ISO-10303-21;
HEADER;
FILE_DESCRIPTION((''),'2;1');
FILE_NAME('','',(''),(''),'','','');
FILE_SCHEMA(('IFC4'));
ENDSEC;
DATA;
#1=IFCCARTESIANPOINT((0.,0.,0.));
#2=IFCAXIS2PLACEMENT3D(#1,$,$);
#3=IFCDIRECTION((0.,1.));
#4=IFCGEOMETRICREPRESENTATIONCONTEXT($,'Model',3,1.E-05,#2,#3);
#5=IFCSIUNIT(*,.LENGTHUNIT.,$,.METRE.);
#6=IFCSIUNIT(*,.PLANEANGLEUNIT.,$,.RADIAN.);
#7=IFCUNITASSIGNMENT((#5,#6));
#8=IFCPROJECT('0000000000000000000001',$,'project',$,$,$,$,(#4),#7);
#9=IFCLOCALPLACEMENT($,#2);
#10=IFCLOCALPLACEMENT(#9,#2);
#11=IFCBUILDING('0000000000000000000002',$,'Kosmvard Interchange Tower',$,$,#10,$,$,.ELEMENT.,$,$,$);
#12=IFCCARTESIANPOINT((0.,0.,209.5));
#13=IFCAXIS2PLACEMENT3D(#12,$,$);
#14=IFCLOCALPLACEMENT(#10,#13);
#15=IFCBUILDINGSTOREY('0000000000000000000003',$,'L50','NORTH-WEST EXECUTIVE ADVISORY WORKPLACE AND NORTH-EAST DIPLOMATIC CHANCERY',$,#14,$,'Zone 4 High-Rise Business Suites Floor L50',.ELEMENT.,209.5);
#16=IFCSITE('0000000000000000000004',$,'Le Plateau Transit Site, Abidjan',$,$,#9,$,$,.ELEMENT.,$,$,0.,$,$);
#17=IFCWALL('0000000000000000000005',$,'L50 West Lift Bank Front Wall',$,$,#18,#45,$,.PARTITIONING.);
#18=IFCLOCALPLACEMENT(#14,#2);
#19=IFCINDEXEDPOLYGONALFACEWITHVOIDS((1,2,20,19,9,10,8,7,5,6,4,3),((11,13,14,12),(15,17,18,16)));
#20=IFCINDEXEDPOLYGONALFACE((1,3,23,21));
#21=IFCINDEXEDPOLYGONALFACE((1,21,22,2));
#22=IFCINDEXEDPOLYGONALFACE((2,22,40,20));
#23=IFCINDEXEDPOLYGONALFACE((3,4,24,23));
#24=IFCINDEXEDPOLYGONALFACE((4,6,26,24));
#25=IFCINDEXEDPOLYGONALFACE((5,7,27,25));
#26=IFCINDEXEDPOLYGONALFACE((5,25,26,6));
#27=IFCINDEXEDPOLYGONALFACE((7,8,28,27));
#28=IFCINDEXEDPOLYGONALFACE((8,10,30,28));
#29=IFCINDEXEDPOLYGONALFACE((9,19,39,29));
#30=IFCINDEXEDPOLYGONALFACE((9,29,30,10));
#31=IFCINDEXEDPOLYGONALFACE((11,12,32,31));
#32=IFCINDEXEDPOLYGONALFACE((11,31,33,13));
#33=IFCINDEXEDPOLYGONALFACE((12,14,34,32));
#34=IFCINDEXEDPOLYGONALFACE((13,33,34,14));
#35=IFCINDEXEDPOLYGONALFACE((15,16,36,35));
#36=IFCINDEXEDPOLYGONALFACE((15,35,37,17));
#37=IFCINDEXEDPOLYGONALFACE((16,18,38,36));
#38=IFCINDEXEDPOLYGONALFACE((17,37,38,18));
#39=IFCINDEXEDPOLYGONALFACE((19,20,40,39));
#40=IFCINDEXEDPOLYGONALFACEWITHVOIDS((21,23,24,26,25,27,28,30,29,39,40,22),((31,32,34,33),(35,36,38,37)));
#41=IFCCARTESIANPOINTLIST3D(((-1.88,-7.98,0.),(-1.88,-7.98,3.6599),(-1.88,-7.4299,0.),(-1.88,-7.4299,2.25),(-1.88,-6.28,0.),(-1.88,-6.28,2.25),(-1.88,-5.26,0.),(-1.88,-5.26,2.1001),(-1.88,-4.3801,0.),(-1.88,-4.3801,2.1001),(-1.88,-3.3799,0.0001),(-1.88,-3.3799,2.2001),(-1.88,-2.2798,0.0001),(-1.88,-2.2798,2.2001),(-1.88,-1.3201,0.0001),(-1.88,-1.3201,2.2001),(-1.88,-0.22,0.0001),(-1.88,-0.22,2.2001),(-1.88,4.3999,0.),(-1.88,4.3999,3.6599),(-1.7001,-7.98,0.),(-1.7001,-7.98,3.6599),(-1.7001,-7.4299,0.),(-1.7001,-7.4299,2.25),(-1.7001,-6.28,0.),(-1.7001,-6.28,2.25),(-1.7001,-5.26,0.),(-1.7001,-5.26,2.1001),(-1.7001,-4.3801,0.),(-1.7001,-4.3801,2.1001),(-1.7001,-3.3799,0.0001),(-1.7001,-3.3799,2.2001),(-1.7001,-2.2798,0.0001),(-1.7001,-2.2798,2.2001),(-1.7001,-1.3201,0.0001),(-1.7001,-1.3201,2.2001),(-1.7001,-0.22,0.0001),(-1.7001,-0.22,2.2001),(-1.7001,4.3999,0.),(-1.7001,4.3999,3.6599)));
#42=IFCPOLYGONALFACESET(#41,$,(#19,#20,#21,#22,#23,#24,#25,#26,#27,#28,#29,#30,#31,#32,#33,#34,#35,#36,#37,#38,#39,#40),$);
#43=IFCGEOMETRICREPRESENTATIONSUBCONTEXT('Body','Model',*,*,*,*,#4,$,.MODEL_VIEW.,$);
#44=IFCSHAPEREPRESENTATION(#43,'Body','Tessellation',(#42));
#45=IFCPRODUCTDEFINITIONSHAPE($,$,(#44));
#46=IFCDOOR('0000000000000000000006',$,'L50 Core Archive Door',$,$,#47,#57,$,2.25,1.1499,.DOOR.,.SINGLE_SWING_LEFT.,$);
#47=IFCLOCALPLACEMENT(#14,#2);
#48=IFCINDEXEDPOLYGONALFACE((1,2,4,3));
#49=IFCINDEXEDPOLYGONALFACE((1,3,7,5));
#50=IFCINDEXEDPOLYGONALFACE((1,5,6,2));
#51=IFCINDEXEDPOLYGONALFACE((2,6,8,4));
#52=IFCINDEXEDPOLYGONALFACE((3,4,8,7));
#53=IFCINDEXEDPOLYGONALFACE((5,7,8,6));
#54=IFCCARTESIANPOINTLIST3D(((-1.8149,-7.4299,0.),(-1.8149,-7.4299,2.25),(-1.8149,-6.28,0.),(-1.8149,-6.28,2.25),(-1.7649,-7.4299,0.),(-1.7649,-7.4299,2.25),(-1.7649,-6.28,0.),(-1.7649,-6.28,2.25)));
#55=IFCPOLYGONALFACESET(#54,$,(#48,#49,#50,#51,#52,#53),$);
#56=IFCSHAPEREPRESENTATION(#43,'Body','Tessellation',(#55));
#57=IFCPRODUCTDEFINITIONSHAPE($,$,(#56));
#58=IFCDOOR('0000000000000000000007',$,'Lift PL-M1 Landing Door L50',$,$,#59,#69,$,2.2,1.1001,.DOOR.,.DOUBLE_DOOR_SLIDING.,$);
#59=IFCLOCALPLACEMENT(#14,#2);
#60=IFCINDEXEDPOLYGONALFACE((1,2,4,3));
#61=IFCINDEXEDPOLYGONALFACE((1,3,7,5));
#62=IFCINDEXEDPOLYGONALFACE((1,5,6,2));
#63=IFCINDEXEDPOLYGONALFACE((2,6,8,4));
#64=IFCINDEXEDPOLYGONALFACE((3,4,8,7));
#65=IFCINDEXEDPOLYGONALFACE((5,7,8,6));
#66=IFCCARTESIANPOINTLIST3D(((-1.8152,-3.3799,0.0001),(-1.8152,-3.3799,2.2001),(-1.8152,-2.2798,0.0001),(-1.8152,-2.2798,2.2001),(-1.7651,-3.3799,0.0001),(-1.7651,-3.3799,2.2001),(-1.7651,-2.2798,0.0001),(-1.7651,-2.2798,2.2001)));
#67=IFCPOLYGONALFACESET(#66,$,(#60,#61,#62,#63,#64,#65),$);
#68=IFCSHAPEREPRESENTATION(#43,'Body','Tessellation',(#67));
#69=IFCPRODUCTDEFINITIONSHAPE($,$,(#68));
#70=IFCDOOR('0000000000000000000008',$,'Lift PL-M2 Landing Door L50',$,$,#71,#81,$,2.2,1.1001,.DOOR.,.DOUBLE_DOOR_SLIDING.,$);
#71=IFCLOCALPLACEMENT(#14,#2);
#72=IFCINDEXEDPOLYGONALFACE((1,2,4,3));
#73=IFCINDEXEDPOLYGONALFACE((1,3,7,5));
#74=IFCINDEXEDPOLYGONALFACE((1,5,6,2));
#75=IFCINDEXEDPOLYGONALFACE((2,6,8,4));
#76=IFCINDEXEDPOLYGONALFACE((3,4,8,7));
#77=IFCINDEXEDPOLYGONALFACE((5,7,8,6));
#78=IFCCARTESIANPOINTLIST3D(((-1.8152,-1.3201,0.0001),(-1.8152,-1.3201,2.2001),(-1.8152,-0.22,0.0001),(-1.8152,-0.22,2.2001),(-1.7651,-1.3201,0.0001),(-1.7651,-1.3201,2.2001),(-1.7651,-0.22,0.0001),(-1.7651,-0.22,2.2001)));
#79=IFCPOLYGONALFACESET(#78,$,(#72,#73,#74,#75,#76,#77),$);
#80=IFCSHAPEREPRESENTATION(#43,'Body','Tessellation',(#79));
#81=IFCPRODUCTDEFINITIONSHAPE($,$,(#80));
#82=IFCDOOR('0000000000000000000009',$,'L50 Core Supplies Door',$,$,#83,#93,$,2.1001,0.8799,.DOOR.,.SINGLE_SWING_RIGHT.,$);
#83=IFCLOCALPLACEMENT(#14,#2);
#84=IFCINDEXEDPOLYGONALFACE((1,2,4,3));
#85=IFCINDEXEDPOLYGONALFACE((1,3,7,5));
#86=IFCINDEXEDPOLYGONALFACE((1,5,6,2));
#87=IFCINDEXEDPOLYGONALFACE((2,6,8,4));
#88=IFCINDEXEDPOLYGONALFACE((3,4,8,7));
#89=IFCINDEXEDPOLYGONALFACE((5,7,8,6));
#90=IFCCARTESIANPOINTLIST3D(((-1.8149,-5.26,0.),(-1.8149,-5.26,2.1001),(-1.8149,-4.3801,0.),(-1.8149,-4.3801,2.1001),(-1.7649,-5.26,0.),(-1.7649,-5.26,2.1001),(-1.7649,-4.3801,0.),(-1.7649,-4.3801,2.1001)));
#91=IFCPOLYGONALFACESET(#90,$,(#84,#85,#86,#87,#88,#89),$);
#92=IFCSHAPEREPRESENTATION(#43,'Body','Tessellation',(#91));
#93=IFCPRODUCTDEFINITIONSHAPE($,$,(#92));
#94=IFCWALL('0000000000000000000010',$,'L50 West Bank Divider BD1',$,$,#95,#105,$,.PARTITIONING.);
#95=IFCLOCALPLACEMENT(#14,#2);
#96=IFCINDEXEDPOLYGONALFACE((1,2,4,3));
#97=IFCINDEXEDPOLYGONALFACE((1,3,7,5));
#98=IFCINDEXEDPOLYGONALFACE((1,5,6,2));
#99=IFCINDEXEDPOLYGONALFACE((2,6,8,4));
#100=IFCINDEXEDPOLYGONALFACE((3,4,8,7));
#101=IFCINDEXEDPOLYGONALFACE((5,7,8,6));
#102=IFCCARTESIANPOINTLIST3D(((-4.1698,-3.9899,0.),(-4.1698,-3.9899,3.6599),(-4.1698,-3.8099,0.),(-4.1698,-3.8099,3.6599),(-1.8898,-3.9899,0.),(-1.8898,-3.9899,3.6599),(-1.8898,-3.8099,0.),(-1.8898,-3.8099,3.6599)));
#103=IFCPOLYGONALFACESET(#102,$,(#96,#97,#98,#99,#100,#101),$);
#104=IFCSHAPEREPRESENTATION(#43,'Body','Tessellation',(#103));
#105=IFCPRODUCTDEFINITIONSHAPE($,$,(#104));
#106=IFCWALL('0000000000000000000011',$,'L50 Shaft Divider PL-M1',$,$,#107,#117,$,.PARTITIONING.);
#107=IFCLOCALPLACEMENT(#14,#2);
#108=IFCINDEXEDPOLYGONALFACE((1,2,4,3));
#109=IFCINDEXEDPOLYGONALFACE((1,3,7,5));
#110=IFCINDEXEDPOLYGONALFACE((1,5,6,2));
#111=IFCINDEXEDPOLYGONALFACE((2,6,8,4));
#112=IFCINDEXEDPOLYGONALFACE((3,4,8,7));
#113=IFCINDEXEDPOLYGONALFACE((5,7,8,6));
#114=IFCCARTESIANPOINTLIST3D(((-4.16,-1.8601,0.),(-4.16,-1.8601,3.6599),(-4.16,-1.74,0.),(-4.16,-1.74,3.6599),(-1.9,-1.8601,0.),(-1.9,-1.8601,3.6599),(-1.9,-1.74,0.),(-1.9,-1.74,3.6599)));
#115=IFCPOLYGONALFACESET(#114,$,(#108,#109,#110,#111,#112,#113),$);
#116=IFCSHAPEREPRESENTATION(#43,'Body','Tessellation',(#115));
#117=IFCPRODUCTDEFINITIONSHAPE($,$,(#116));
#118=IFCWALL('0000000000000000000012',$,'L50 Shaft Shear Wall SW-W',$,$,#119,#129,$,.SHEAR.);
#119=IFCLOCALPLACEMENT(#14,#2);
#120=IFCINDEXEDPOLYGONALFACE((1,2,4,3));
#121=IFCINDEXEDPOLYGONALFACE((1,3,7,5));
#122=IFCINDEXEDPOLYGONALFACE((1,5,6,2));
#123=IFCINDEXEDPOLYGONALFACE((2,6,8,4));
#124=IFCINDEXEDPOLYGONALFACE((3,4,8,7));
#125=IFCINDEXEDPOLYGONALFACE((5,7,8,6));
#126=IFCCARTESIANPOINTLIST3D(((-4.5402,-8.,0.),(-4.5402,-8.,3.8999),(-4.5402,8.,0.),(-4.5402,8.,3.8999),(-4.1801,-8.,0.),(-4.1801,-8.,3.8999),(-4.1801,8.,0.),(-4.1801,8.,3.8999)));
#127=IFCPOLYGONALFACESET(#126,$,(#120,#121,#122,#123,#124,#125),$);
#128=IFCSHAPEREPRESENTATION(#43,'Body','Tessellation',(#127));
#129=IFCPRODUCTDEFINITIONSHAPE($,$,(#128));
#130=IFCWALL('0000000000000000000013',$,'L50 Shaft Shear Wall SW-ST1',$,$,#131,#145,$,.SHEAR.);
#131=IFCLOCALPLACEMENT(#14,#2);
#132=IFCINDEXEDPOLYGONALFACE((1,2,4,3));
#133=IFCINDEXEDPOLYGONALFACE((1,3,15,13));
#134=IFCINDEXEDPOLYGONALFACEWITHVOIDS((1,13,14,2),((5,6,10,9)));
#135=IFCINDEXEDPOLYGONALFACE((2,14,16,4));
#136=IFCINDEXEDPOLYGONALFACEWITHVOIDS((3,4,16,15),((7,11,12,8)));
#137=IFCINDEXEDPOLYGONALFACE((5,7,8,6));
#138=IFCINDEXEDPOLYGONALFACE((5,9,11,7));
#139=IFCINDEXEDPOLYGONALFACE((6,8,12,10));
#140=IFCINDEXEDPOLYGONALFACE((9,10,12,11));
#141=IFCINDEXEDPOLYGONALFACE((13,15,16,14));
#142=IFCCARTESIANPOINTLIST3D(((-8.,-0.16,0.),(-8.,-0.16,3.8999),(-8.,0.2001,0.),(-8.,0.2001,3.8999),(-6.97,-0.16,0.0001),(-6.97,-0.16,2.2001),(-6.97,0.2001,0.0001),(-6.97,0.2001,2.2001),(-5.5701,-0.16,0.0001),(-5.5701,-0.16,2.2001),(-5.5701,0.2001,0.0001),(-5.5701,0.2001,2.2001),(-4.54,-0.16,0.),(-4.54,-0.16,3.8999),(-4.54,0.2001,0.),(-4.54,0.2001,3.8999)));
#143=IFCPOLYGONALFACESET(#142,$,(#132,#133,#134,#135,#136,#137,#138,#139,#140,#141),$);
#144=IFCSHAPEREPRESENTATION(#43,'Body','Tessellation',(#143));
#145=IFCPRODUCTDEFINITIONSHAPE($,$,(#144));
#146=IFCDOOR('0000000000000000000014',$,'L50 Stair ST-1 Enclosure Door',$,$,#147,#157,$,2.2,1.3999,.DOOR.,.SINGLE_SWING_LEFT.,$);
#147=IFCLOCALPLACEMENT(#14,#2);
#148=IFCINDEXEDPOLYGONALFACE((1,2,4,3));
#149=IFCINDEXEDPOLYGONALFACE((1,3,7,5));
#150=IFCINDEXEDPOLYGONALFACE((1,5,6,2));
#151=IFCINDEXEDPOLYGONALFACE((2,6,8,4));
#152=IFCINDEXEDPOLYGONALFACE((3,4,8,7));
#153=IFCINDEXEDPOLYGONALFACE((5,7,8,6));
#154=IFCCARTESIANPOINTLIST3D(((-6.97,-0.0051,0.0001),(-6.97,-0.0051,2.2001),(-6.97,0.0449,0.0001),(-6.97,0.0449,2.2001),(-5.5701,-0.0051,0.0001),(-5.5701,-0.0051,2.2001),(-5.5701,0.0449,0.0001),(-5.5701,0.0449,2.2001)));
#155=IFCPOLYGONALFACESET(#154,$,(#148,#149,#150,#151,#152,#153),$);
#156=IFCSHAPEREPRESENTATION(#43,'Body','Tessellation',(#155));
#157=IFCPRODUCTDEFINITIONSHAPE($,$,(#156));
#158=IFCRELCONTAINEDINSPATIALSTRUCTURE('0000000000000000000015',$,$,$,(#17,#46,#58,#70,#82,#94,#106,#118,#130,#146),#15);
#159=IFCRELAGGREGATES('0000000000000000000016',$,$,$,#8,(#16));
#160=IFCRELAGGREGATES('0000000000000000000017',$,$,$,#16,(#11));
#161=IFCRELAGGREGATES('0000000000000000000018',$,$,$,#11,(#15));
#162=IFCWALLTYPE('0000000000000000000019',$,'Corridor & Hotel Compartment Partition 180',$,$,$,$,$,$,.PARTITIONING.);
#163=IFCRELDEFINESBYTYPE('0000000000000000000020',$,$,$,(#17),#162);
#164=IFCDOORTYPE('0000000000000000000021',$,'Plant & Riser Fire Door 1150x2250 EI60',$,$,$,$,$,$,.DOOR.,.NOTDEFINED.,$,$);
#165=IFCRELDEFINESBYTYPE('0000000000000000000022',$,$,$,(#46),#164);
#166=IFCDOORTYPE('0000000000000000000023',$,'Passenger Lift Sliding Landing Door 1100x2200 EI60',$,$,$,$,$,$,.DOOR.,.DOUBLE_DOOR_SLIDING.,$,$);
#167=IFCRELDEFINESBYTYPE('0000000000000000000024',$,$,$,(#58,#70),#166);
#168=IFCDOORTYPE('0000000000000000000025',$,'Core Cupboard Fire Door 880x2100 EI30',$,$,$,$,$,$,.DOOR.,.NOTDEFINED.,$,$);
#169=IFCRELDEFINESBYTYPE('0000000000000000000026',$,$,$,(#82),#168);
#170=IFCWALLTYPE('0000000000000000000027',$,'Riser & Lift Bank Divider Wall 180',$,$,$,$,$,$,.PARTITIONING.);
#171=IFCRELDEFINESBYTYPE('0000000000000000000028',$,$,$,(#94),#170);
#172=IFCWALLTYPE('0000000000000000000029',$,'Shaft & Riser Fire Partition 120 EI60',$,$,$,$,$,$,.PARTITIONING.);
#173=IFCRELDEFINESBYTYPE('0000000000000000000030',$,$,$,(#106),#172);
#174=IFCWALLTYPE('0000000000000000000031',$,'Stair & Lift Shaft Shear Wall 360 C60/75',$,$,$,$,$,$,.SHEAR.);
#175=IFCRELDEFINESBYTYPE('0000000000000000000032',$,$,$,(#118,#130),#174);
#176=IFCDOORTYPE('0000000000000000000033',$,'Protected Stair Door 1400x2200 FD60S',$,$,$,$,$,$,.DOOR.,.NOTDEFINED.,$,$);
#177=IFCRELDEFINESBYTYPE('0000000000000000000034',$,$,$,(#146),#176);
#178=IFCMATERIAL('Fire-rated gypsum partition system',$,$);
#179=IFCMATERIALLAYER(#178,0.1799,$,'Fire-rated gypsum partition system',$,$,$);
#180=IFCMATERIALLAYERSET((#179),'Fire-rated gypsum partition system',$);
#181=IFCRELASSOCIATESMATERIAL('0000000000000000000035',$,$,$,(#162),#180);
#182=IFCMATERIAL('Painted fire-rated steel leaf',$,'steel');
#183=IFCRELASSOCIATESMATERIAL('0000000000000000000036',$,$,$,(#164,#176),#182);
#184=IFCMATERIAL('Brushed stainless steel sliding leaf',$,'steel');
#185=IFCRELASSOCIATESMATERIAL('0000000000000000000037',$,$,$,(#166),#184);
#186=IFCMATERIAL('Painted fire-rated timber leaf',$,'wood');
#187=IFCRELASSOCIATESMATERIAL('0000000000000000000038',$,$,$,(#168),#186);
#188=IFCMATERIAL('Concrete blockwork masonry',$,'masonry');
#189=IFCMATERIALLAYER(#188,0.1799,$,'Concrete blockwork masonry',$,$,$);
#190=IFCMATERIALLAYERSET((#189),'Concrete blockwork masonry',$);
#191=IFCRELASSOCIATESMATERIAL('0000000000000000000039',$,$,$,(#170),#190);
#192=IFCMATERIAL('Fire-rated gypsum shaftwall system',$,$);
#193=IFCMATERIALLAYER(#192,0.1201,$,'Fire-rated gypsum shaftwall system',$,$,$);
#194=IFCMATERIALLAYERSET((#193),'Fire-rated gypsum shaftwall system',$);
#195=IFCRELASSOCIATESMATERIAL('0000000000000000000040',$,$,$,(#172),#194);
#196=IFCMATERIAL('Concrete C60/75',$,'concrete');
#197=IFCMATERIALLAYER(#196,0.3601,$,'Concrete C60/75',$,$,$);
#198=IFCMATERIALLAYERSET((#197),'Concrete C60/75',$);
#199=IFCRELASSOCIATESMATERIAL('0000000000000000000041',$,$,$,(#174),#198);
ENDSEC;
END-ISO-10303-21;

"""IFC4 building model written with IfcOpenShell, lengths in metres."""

from ifc_helpers import new_model, si_unit, direction, frame, frame_2d, origin, place, context, subcontext, project, spatial, rectangle, extrude, source, transform, mapped, material, layer, layer_set, type_object, element, fill, save


model = new_model("IFC4")

# Units and contexts
model_context = context("Model", 3, precision=1e-05, world=origin(), true_north=direction((0.0, 1.0)))
body_context = subcontext(model_context, "Body", "Model", "MODEL_VIEW")
ifc_project = project(units=[si_unit("LENGTHUNIT", "METRE"), si_unit("PLANEANGLEUNIT", "RADIAN")], contexts=[model_context])

# Site, building, storey
site_placement = place(None, origin())
site = spatial("IfcSite", under=ifc_project, at=site_placement, Name="Le Plateau Transit Site, Abidjan", CompositionType="ELEMENT", RefElevation=0.0)
building_placement = place(site_placement, origin())
building = spatial("IfcBuilding", under=site, at=building_placement, Name="Kosmvard Interchange Tower", CompositionType="ELEMENT")
storey_placement = place(building_placement, frame((0.0, 0.0, 209.5)))
storey = spatial("IfcBuildingStorey", under=building, at=storey_placement, Name="L50", Description="NORTH-WEST EXECUTIVE ADVISORY WORKPLACE AND NORTH-EAST DIPLOMATIC CHANCERY", LongName="Zone 4 High-Rise Business Suites Floor L50", CompositionType="ELEMENT", Elevation=209.5)

# Shared definitions
ifc_material_1 = material(Name="Concrete C60/75", Category="concrete")

# Shared definitions
ifc_material_2 = material(Name="Fire-rated gypsum partition system")

# Wall, openings, doors
ifc_layer_1 = layer(ifc_material_2, 0.1799, Name="Fire-rated gypsum partition system")
ifc_layer_set_1 = layer_set([ifc_layer_1], Name="Fire-rated gypsum partition system")
wall_type_1 = type_object("IfcWallType", Name="Corridor & Hotel Compartment Partition 180", PredefinedType="PARTITIONING", material=ifc_layer_set_1)
wall_1_placement = place(storey_placement, frame((-1.79, -7.98, 0.0), z_axis=(0.0, 0.0, 1.0), x_axis=(0.0, 1.0, 0.0)))
wall_1 = element("IfcWall", 1, at=wall_1_placement, inside=storey, type_object=wall_type_1, Name="L50 West Lift Bank Front Wall", PredefinedType="PARTITIONING", context=body_context, shape_type="SweptSolid", body=[
    extrude(rectangle(XDim=12.3799, YDim=0.1799, at=frame_2d((6.1899, 0.0))), origin(), (0.0, 0.0, 1.0), 3.6599),
])
opening_1_placement = place(wall_1_placement, frame((4.6001, 0.0, 0.0)))
opening_1 = element("IfcOpeningElement", 2, at=opening_1_placement, cuts=wall_1, PredefinedType="OPENING", context=body_context, shape_type="SweptSolid", body=[
    extrude(rectangle(XDim=1.1001, YDim=2.2, at=frame_2d((0.55, 1.1001))), frame((0.0, 0.1001, 0.0), z_axis=(0.0, -1.0, 0.0), x_axis=(1.0, 0.0, 0.0)), (0.0, 0.0, 1.0), 0.2),
])
opening_2_placement = place(wall_1_placement, frame((6.6599, 0.0, 0.0)))
opening_2 = element("IfcOpeningElement", 3, at=opening_2_placement, cuts=wall_1, PredefinedType="OPENING", context=body_context, shape_type="SweptSolid", body=[
    extrude(rectangle(XDim=1.1001, YDim=2.2, at=frame_2d((0.55, 1.1001))), frame((0.0, 0.1001, 0.0), z_axis=(0.0, -1.0, 0.0), x_axis=(1.0, 0.0, 0.0)), (0.0, 0.0, 1.0), 0.2),
])
opening_3_placement = place(wall_1_placement, frame((0.55, 0.0, 0.0)))
opening_3 = element("IfcOpeningElement", 4, at=opening_3_placement, cuts=wall_1, PredefinedType="OPENING", context=body_context, shape_type="SweptSolid", body=[
    extrude(rectangle(XDim=1.1499, YDim=2.25, at=frame_2d((0.575, 1.125))), frame((0.0, 0.1001, 0.0), z_axis=(0.0, -1.0, 0.0), x_axis=(1.0, 0.0, 0.0)), (0.0, 0.0, 1.0), 0.2),
])
opening_4_placement = place(wall_1_placement, frame((2.72, 0.0, 0.0)))
opening_4 = element("IfcOpeningElement", 5, at=opening_4_placement, cuts=wall_1, PredefinedType="OPENING", context=body_context, shape_type="SweptSolid", body=[
    extrude(rectangle(XDim=0.8799, YDim=2.1001, at=frame_2d((0.4399, 1.05))), frame((0.0, 0.1001, 0.0), z_axis=(0.0, -1.0, 0.0), x_axis=(1.0, 0.0, 0.0)), (0.0, 0.0, 1.0), 0.2),
])
ifc_material_3 = material(Name="Painted fire-rated steel leaf", Category="steel")
door_type_1 = type_object("IfcDoorType", Name="Plant & Riser Fire Door 1150x2250 EI60", OperationType="NOTDEFINED", PredefinedType="DOOR", material=ifc_material_3)
shared_shape_1 = source(origin(), body_context, "Body", "SweptSolid", [
    extrude(rectangle(XDim=1.1499, YDim=2.25, at=frame_2d((0.575, 1.125))), frame((0.0, 0.0249, 0.0), z_axis=(0.0, -1.0, 0.0), x_axis=(1.0, 0.0, 0.0)), (0.0, 0.0, 1.0), 0.05),
])
door_1_placement = place(opening_3_placement, origin())
door_1 = element("IfcDoor", 6, at=door_1_placement, inside=storey, type_object=door_type_1, Name="L50 Core Archive Door", OperationType="SINGLE_SWING_LEFT", OverallHeight=2.25, OverallWidth=1.1499, PredefinedType="DOOR", context=body_context, shape_type="MappedRepresentation", body=[
    mapped(shared_shape_1, transform((0.0, 0.0, 0.0), scale=1.0)),
])
fill(opening_3, door_1)
ifc_material_4 = material(Name="Brushed stainless steel sliding leaf", Category="steel")
door_type_2 = type_object("IfcDoorType", Name="Passenger Lift Sliding Landing Door 1100x2200 EI60", OperationType="DOUBLE_DOOR_SLIDING", PredefinedType="DOOR", material=ifc_material_4)
shared_shape_2 = source(origin(), body_context, "Body", "SweptSolid", [
    extrude(rectangle(XDim=1.1001, YDim=2.2, at=frame_2d((0.55, 1.1001))), frame((0.0, 0.0249, 0.0), z_axis=(0.0, -1.0, 0.0), x_axis=(1.0, 0.0, 0.0)), (0.0, 0.0, 1.0), 0.05),
])
door_2_placement = place(opening_1_placement, frame((1.1001, 0.0, 0.0), z_axis=(0.0, 0.0, 1.0), x_axis=(-1.0, 0.0, 0.0)))
door_2 = element("IfcDoor", 7, at=door_2_placement, inside=storey, type_object=door_type_2, Name="Lift PL-M1 Landing Door L50", OperationType="DOUBLE_DOOR_SLIDING", OverallHeight=2.2, OverallWidth=1.1001, PredefinedType="DOOR", context=body_context, shape_type="MappedRepresentation", body=[
    mapped(shared_shape_2, transform((0.0, 0.0, 0.0), scale=1.0)),
])
fill(opening_1, door_2)
door_3_placement = place(opening_2_placement, frame((1.1001, 0.0, 0.0), z_axis=(0.0, 0.0, 1.0), x_axis=(-1.0, 0.0, 0.0)))
door_3 = element("IfcDoor", 8, at=door_3_placement, inside=storey, type_object=door_type_2, Name="Lift PL-M2 Landing Door L50", OperationType="DOUBLE_DOOR_SLIDING", OverallHeight=2.2, OverallWidth=1.1001, PredefinedType="DOOR", context=body_context, shape_type="MappedRepresentation", body=[
    mapped(shared_shape_2, transform((0.0, 0.0, 0.0), scale=1.0)),
])
fill(opening_2, door_3)
ifc_material_5 = material(Name="Painted fire-rated timber leaf", Category="wood")
door_type_3 = type_object("IfcDoorType", Name="Core Cupboard Fire Door 880x2100 EI30", OperationType="NOTDEFINED", PredefinedType="DOOR", material=ifc_material_5)
shared_shape_3 = source(origin(), body_context, "Body", "SweptSolid", [
    extrude(rectangle(XDim=0.8799, YDim=2.1001, at=frame_2d((0.4399, 1.05))), frame((0.0, 0.0249, 0.0), z_axis=(0.0, -1.0, 0.0), x_axis=(1.0, 0.0, 0.0)), (0.0, 0.0, 1.0), 0.05),
])
door_4_placement = place(opening_4_placement, origin())
door_4 = element("IfcDoor", 9, at=door_4_placement, inside=storey, type_object=door_type_3, Name="L50 Core Supplies Door", OperationType="SINGLE_SWING_RIGHT", OverallHeight=2.1001, OverallWidth=0.8799, PredefinedType="DOOR", context=body_context, shape_type="MappedRepresentation", body=[
    mapped(shared_shape_3, transform((0.0, 0.0, 0.0), scale=1.0)),
])
fill(opening_4, door_4)

# Walls
ifc_material_6 = material(Name="Concrete blockwork masonry", Category="masonry")
ifc_layer_2 = layer(ifc_material_6, 0.1799, Name="Concrete blockwork masonry")
ifc_layer_set_2 = layer_set([ifc_layer_2], Name="Concrete blockwork masonry")
wall_type_2 = type_object("IfcWallType", Name="Riser & Lift Bank Divider Wall 180", PredefinedType="PARTITIONING", material=ifc_layer_set_2)
wall_2_placement = place(storey_placement, frame((-4.1699, -3.8999, 0.0), z_axis=(0.0, 0.0, 1.0), x_axis=(1.0, 0.0, 0.0)))
element("IfcWall", 10, at=wall_2_placement, inside=storey, type_object=wall_type_2, Name="L50 West Bank Divider BD1", PredefinedType="PARTITIONING", context=body_context, shape_type="SweptSolid", body=[
    extrude(rectangle(XDim=2.28, YDim=0.1799, at=frame_2d((1.1401, 0.0))), origin(), (0.0, 0.0, 1.0), 3.6599),
])
ifc_material_7 = material(Name="Fire-rated gypsum shaftwall system")
ifc_layer_3 = layer(ifc_material_7, 0.1201, Name="Fire-rated gypsum shaftwall system")
ifc_layer_set_3 = layer_set([ifc_layer_3], Name="Fire-rated gypsum shaftwall system")
wall_type_3 = type_object("IfcWallType", Name="Shaft & Riser Fire Partition 120 EI60", PredefinedType="PARTITIONING", material=ifc_layer_set_3)
wall_3_placement = place(storey_placement, frame((-4.1599, -1.8, 0.0), z_axis=(0.0, 0.0, 1.0), x_axis=(1.0, 0.0, 0.0)))
element("IfcWall", 11, at=wall_3_placement, inside=storey, type_object=wall_type_3, Name="L50 Shaft Divider PL-M1", PredefinedType="PARTITIONING", context=body_context, shape_type="SweptSolid", body=[
    extrude(rectangle(XDim=2.26, YDim=0.1201, at=frame_2d((1.1299, 0.0))), origin(), (0.0, 0.0, 1.0), 3.6599),
])
ifc_layer_4 = layer(ifc_material_1, 0.3601, Name="Concrete C60/75")
ifc_layer_set_4 = layer_set([ifc_layer_4], Name="Concrete C60/75")
wall_type_4 = type_object("IfcWallType", Name="Stair & Lift Shaft Shear Wall 360 C60/75", PredefinedType="SHEAR", material=ifc_layer_set_4)
wall_4_placement = place(storey_placement, frame((-4.3601, -8.0, 0.0), z_axis=(0.0, 0.0, 1.0), x_axis=(0.0, 1.0, 0.0)))
element("IfcWall", 12, at=wall_4_placement, inside=storey, type_object=wall_type_4, Name="L50 Shaft Shear Wall SW-W", PredefinedType="SHEAR", context=body_context, shape_type="SweptSolid", body=[
    extrude(rectangle(XDim=16.0, YDim=0.3601, at=frame_2d((8.0, 0.0))), origin(), (0.0, 0.0, 1.0), 3.8999),
])

# Wall, opening, door
wall_5_placement = place(storey_placement, frame((-8.0, 0.02, 0.0), z_axis=(0.0, 0.0, 1.0), x_axis=(1.0, 0.0, 0.0)))
wall_5 = element("IfcWall", 13, at=wall_5_placement, inside=storey, type_object=wall_type_4, Name="L50 Shaft Shear Wall SW-ST1", PredefinedType="SHEAR", context=body_context, shape_type="SweptSolid", body=[
    extrude(rectangle(XDim=3.46, YDim=0.3601, at=frame_2d((1.73, 0.0))), origin(), (0.0, 0.0, 1.0), 3.8999),
])
opening_5_placement = place(wall_5_placement, frame((1.03, 0.0, 0.0)))
opening_5 = element("IfcOpeningElement", 14, at=opening_5_placement, cuts=wall_5, PredefinedType="OPENING", context=body_context, shape_type="SweptSolid", body=[
    extrude(rectangle(XDim=1.3999, YDim=2.2, at=frame_2d((0.7, 1.1001))), frame((0.0, 0.1899, 0.0), z_axis=(0.0, -1.0, 0.0), x_axis=(1.0, 0.0, 0.0)), (0.0, 0.0, 1.0), 0.3801),
])
door_type_4 = type_object("IfcDoorType", Name="Protected Stair Door 1400x2200 FD60S", OperationType="NOTDEFINED", PredefinedType="DOOR", material=ifc_material_3)
shared_shape_4 = source(origin(), body_context, "Body", "SweptSolid", [
    extrude(rectangle(XDim=1.3999, YDim=2.2, at=frame_2d((0.7, 1.1001))), frame((0.0, 0.0249, 0.0), z_axis=(0.0, -1.0, 0.0), x_axis=(1.0, 0.0, 0.0)), (0.0, 0.0, 1.0), 0.05),
])
door_5_placement = place(opening_5_placement, origin())
door_5 = element("IfcDoor", 15, at=door_5_placement, inside=storey, type_object=door_type_4, Name="L50 Stair ST-1 Enclosure Door", OperationType="SINGLE_SWING_LEFT", OverallHeight=2.2, OverallWidth=1.3999, PredefinedType="DOOR", context=body_context, shape_type="MappedRepresentation", body=[
    mapped(shared_shape_4, transform((0.0, 0.0, 0.0), scale=1.0)),
])
fill(opening_5, door_5)

save(model, "model.ifc")
